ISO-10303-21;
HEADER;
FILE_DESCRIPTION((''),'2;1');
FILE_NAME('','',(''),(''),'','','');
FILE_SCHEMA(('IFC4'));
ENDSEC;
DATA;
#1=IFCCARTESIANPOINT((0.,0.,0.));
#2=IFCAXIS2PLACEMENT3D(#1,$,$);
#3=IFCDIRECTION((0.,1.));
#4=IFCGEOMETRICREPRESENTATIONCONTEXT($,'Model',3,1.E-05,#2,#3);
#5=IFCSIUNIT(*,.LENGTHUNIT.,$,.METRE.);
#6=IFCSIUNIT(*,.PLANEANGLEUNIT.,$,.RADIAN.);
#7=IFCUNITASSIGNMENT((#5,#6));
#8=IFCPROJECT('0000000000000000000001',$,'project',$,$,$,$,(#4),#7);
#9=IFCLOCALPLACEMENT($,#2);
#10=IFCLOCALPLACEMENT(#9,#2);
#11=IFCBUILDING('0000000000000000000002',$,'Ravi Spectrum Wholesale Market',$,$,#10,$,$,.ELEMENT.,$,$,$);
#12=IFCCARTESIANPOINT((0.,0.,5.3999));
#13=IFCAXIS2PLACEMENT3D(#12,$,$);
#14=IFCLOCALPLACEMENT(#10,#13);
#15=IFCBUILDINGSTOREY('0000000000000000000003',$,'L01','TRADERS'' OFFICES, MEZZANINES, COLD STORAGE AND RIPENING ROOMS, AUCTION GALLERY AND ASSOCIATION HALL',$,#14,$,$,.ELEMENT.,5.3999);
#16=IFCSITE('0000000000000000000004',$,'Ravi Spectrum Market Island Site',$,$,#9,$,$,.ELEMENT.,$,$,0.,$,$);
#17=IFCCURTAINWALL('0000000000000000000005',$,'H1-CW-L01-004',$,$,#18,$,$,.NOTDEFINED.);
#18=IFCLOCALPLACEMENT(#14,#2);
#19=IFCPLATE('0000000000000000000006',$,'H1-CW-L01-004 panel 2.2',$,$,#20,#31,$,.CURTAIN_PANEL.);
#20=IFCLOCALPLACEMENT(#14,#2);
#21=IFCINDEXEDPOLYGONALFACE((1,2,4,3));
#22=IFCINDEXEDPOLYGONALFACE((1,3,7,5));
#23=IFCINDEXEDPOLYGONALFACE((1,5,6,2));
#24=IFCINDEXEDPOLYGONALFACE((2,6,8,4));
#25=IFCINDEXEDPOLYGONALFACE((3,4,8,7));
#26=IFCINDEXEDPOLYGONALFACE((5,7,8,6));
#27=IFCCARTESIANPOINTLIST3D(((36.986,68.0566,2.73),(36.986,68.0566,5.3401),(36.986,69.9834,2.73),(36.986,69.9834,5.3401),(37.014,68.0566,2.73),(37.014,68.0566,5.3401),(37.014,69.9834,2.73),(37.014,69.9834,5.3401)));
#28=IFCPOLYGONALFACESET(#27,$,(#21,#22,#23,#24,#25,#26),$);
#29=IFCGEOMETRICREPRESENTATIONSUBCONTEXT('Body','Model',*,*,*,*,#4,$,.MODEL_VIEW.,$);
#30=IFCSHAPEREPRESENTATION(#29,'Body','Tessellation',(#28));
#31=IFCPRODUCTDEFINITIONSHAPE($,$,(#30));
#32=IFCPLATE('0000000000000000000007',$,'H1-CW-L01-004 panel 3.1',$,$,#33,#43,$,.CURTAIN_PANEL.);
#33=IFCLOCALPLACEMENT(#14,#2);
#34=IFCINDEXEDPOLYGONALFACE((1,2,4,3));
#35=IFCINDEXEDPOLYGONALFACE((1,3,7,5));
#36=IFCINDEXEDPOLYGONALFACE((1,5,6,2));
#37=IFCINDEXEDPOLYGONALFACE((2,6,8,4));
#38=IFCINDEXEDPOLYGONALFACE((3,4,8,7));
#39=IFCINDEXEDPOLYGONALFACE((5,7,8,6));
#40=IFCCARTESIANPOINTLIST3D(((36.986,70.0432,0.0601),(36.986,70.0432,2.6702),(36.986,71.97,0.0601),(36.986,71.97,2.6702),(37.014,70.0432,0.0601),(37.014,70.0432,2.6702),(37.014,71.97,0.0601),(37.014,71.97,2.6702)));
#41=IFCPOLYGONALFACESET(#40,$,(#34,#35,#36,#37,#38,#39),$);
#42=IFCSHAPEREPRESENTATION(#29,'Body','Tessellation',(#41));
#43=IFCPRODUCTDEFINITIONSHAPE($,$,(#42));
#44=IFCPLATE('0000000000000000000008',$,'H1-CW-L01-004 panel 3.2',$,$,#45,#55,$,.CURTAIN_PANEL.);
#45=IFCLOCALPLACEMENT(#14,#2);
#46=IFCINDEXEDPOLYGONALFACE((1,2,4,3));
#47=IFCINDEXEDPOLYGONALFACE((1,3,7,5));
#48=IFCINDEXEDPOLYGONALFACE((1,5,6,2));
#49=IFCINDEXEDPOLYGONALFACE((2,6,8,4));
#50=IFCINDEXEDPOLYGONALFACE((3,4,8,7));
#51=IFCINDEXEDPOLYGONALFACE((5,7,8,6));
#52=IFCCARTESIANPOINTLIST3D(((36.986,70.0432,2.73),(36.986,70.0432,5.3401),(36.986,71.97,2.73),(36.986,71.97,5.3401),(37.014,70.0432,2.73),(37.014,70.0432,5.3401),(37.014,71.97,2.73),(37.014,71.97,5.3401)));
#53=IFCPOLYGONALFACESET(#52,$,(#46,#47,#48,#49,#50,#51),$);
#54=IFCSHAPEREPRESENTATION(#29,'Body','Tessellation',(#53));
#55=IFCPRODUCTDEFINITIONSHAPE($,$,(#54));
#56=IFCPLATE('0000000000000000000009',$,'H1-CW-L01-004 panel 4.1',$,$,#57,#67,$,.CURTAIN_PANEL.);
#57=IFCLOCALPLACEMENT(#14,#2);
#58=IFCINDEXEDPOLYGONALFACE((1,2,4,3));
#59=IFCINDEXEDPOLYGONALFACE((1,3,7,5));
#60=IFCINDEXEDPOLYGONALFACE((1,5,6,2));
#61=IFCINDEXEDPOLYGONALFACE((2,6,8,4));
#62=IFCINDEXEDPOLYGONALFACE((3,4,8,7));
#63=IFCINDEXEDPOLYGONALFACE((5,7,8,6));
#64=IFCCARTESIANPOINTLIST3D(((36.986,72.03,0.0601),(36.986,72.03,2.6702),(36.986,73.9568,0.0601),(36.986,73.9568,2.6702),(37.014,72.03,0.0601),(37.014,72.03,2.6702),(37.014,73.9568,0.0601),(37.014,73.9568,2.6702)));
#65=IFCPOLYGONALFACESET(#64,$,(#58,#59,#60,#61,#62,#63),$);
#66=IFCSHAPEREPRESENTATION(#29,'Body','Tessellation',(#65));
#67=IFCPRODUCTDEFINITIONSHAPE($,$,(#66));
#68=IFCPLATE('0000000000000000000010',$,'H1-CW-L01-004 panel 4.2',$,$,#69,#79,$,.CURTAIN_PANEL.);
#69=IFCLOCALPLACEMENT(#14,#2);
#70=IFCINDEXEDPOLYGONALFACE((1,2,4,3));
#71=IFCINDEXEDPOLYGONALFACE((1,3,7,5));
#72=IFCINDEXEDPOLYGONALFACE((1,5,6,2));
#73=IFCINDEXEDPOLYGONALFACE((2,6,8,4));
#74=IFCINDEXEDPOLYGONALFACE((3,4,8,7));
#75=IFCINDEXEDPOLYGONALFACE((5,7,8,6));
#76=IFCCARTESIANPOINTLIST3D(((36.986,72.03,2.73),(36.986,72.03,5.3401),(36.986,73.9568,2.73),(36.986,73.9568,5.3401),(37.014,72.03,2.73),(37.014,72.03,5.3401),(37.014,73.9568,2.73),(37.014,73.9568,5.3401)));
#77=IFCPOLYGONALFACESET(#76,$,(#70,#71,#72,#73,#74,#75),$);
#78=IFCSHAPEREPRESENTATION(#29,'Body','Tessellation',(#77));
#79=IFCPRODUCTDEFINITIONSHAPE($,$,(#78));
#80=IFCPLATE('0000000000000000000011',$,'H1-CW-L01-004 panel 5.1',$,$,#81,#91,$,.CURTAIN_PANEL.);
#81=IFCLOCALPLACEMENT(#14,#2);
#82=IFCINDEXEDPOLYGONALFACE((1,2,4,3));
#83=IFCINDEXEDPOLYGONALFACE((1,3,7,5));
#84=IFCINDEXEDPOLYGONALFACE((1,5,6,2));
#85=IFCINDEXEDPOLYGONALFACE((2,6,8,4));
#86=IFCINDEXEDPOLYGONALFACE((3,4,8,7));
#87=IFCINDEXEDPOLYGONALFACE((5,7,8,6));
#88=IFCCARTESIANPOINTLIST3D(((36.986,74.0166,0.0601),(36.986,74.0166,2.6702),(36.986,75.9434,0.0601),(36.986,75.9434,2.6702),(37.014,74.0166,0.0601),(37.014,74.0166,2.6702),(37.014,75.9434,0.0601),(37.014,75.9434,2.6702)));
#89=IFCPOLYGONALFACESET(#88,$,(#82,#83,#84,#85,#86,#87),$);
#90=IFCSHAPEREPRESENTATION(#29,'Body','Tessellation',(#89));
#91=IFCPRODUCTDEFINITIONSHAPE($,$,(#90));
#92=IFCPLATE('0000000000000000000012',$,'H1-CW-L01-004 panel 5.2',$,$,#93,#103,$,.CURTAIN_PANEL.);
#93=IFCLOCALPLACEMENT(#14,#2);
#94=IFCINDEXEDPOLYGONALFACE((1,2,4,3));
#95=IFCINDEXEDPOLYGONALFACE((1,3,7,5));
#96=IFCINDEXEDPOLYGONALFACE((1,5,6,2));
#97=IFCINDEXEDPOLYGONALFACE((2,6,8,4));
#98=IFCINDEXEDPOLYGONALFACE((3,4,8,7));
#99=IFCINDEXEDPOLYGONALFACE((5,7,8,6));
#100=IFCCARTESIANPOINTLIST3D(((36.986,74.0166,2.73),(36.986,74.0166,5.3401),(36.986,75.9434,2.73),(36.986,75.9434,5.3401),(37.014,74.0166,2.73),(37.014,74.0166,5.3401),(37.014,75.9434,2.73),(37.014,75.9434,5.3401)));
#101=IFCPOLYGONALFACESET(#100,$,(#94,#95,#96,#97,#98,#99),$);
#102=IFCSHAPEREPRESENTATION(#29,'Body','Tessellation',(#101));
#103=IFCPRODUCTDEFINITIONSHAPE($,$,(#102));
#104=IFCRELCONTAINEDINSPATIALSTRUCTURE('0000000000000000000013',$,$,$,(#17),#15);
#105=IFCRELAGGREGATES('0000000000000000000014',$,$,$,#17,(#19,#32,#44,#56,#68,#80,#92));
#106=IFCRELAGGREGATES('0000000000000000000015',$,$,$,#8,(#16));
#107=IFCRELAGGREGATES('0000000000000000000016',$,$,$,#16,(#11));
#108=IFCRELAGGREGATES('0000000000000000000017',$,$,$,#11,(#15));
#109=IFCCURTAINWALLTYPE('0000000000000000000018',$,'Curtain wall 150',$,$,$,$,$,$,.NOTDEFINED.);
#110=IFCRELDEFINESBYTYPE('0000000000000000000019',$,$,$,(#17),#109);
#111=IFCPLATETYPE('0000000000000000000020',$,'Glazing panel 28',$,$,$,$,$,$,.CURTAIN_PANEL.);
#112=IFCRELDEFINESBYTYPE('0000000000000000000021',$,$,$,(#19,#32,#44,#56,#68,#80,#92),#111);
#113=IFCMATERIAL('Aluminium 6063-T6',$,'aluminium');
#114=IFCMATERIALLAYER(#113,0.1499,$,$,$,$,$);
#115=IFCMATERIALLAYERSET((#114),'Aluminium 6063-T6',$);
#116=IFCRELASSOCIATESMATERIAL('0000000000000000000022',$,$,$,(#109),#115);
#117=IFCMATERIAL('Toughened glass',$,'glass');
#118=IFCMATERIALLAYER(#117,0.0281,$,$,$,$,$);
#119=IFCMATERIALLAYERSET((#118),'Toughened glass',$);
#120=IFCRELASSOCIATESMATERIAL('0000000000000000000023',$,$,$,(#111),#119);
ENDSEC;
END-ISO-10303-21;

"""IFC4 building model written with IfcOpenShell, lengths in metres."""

from ifc_helpers import new_model, si_unit, direction, frame, origin, origin_2d, place, context, subcontext, project, spatial, rectangle, extrude, material, layer, layer_set, type_object, element, aggregate, save


model = new_model("IFC4")

# Units and contexts
model_context = context("Model", 3, precision=1e-05, world=origin(), true_north=direction((0.0, 1.0)))
body_context = subcontext(model_context, "Body", "Model", "MODEL_VIEW")
ifc_project = project(units=[si_unit("LENGTHUNIT", "METRE"), si_unit("PLANEANGLEUNIT", "RADIAN")], contexts=[model_context])

# Site, building, storey
site_placement = place(None, origin())
site = spatial("IfcSite", under=ifc_project, at=site_placement, Name="Ravi Spectrum Market Island Site", CompositionType="ELEMENT", RefElevation=0.0)
building_placement = place(site_placement, origin())
building = spatial("IfcBuilding", under=site, at=building_placement, Name="Ravi Spectrum Wholesale Market", CompositionType="ELEMENT")
storey_placement = place(building_placement, frame((0.0, 0.0, 5.3999)))
storey = spatial("IfcBuildingStorey", under=building, at=storey_placement, Name="L01", Description="TRADERS' OFFICES, MEZZANINES, COLD STORAGE AND RIPENING ROOMS, AUCTION GALLERY AND ASSOCIATION HALL", CompositionType="ELEMENT", Elevation=5.3999)

# Curtain wall, plates
ifc_material_1 = material(Name="Aluminium 6063-T6", Category="aluminium")
ifc_layer_1 = layer(ifc_material_1, 0.1499)
ifc_layer_set_1 = layer_set([ifc_layer_1], Name="Aluminium 6063-T6")
curtain_wall_type = type_object("IfcCurtainWallType", Name="Curtain wall 150", PredefinedType="NOTDEFINED", material=ifc_layer_set_1)
curtain_wall_placement = place(storey_placement, origin())
curtain_wall = element("IfcCurtainWall", 1, at=curtain_wall_placement, inside=storey, type_object=curtain_wall_type, Name="H1-CW-L01-004", PredefinedType="NOTDEFINED")
ifc_material_2 = material(Name="Toughened glass", Category="glass")
ifc_layer_2 = layer(ifc_material_2, 0.0281)
ifc_layer_set_2 = layer_set([ifc_layer_2], Name="Toughened glass")
plate_type = type_object("IfcPlateType", Name="Glazing panel 28", PredefinedType="CURTAIN_PANEL", material=ifc_layer_set_2)
plate_1_placement = place(storey_placement, frame((37.0, 69.02, 2.73), z_axis=(0.0, 0.0, 1.0), x_axis=(0.0, 1.0, 0.0)))
plate_1 = element("IfcPlate", 2, at=plate_1_placement, type_object=plate_type, Name="H1-CW-L01-004 panel 2.2", PredefinedType="CURTAIN_PANEL", context=body_context, shape_type="SweptSolid", body=[
    extrude(rectangle(XDim=1.9268, YDim=0.0281, at=origin_2d()), origin(), (0.0, 0.0, 1.0), 2.6101),
])
plate_2_placement = place(storey_placement, frame((37.0, 71.0066, 0.0601), z_axis=(0.0, 0.0, 1.0), x_axis=(0.0, 1.0, 0.0)))
plate_2 = element("IfcPlate", 3, at=plate_2_placement, type_object=plate_type, Name="H1-CW-L01-004 panel 3.1", PredefinedType="CURTAIN_PANEL", context=body_context, shape_type="SweptSolid", body=[
    extrude(rectangle(XDim=1.9268, YDim=0.0281, at=origin_2d()), origin(), (0.0, 0.0, 1.0), 2.6101),
])
plate_3_placement = place(storey_placement, frame((37.0, 71.0066, 2.73), z_axis=(0.0, 0.0, 1.0), x_axis=(0.0, 1.0, 0.0)))
plate_3 = element("IfcPlate", 4, at=plate_3_placement, type_object=plate_type, Name="H1-CW-L01-004 panel 3.2", PredefinedType="CURTAIN_PANEL", context=body_context, shape_type="SweptSolid", body=[
    extrude(rectangle(XDim=1.9268, YDim=0.0281, at=origin_2d()), origin(), (0.0, 0.0, 1.0), 2.6101),
])
plate_4_placement = place(storey_placement, frame((37.0, 72.9934, 0.0601), z_axis=(0.0, 0.0, 1.0), x_axis=(0.0, 1.0, 0.0)))
plate_4 = element("IfcPlate", 5, at=plate_4_placement, type_object=plate_type, Name="H1-CW-L01-004 panel 4.1", PredefinedType="CURTAIN_PANEL", context=body_context, shape_type="SweptSolid", body=[
    extrude(rectangle(XDim=1.9268, YDim=0.0281, at=origin_2d()), origin(), (0.0, 0.0, 1.0), 2.6101),
])
plate_5_placement = place(storey_placement, frame((37.0, 72.9934, 2.73), z_axis=(0.0, 0.0, 1.0), x_axis=(0.0, 1.0, 0.0)))
plate_5 = element("IfcPlate", 6, at=plate_5_placement, type_object=plate_type, Name="H1-CW-L01-004 panel 4.2", PredefinedType="CURTAIN_PANEL", context=body_context, shape_type="SweptSolid", body=[
    extrude(rectangle(XDim=1.9268, YDim=0.0281, at=origin_2d()), origin(), (0.0, 0.0, 1.0), 2.6101),
])
plate_6_placement = place(storey_placement, frame((37.0, 74.98, 0.0601), z_axis=(0.0, 0.0, 1.0), x_axis=(0.0, 1.0, 0.0)))
plate_6 = element("IfcPlate", 7, at=plate_6_placement, type_object=plate_type, Name="H1-CW-L01-004 panel 5.1", PredefinedType="CURTAIN_PANEL", context=body_context, shape_type="SweptSolid", body=[
    extrude(rectangle(XDim=1.9268, YDim=0.0281, at=origin_2d()), origin(), (0.0, 0.0, 1.0), 2.6101),
])
plate_7_placement = place(storey_placement, frame((37.0, 74.98, 2.73), z_axis=(0.0, 0.0, 1.0), x_axis=(0.0, 1.0, 0.0)))
plate_7 = element("IfcPlate", 8, at=plate_7_placement, type_object=plate_type, Name="H1-CW-L01-004 panel 5.2", PredefinedType="CURTAIN_PANEL", context=body_context, shape_type="SweptSolid", body=[
    extrude(rectangle(XDim=1.9268, YDim=0.0281, at=origin_2d()), origin(), (0.0, 0.0, 1.0), 2.6101),
])
aggregate(curtain_wall, [plate_1, plate_2, plate_3, plate_4, plate_5, plate_6, plate_7])

save(model, "model.ifc")
